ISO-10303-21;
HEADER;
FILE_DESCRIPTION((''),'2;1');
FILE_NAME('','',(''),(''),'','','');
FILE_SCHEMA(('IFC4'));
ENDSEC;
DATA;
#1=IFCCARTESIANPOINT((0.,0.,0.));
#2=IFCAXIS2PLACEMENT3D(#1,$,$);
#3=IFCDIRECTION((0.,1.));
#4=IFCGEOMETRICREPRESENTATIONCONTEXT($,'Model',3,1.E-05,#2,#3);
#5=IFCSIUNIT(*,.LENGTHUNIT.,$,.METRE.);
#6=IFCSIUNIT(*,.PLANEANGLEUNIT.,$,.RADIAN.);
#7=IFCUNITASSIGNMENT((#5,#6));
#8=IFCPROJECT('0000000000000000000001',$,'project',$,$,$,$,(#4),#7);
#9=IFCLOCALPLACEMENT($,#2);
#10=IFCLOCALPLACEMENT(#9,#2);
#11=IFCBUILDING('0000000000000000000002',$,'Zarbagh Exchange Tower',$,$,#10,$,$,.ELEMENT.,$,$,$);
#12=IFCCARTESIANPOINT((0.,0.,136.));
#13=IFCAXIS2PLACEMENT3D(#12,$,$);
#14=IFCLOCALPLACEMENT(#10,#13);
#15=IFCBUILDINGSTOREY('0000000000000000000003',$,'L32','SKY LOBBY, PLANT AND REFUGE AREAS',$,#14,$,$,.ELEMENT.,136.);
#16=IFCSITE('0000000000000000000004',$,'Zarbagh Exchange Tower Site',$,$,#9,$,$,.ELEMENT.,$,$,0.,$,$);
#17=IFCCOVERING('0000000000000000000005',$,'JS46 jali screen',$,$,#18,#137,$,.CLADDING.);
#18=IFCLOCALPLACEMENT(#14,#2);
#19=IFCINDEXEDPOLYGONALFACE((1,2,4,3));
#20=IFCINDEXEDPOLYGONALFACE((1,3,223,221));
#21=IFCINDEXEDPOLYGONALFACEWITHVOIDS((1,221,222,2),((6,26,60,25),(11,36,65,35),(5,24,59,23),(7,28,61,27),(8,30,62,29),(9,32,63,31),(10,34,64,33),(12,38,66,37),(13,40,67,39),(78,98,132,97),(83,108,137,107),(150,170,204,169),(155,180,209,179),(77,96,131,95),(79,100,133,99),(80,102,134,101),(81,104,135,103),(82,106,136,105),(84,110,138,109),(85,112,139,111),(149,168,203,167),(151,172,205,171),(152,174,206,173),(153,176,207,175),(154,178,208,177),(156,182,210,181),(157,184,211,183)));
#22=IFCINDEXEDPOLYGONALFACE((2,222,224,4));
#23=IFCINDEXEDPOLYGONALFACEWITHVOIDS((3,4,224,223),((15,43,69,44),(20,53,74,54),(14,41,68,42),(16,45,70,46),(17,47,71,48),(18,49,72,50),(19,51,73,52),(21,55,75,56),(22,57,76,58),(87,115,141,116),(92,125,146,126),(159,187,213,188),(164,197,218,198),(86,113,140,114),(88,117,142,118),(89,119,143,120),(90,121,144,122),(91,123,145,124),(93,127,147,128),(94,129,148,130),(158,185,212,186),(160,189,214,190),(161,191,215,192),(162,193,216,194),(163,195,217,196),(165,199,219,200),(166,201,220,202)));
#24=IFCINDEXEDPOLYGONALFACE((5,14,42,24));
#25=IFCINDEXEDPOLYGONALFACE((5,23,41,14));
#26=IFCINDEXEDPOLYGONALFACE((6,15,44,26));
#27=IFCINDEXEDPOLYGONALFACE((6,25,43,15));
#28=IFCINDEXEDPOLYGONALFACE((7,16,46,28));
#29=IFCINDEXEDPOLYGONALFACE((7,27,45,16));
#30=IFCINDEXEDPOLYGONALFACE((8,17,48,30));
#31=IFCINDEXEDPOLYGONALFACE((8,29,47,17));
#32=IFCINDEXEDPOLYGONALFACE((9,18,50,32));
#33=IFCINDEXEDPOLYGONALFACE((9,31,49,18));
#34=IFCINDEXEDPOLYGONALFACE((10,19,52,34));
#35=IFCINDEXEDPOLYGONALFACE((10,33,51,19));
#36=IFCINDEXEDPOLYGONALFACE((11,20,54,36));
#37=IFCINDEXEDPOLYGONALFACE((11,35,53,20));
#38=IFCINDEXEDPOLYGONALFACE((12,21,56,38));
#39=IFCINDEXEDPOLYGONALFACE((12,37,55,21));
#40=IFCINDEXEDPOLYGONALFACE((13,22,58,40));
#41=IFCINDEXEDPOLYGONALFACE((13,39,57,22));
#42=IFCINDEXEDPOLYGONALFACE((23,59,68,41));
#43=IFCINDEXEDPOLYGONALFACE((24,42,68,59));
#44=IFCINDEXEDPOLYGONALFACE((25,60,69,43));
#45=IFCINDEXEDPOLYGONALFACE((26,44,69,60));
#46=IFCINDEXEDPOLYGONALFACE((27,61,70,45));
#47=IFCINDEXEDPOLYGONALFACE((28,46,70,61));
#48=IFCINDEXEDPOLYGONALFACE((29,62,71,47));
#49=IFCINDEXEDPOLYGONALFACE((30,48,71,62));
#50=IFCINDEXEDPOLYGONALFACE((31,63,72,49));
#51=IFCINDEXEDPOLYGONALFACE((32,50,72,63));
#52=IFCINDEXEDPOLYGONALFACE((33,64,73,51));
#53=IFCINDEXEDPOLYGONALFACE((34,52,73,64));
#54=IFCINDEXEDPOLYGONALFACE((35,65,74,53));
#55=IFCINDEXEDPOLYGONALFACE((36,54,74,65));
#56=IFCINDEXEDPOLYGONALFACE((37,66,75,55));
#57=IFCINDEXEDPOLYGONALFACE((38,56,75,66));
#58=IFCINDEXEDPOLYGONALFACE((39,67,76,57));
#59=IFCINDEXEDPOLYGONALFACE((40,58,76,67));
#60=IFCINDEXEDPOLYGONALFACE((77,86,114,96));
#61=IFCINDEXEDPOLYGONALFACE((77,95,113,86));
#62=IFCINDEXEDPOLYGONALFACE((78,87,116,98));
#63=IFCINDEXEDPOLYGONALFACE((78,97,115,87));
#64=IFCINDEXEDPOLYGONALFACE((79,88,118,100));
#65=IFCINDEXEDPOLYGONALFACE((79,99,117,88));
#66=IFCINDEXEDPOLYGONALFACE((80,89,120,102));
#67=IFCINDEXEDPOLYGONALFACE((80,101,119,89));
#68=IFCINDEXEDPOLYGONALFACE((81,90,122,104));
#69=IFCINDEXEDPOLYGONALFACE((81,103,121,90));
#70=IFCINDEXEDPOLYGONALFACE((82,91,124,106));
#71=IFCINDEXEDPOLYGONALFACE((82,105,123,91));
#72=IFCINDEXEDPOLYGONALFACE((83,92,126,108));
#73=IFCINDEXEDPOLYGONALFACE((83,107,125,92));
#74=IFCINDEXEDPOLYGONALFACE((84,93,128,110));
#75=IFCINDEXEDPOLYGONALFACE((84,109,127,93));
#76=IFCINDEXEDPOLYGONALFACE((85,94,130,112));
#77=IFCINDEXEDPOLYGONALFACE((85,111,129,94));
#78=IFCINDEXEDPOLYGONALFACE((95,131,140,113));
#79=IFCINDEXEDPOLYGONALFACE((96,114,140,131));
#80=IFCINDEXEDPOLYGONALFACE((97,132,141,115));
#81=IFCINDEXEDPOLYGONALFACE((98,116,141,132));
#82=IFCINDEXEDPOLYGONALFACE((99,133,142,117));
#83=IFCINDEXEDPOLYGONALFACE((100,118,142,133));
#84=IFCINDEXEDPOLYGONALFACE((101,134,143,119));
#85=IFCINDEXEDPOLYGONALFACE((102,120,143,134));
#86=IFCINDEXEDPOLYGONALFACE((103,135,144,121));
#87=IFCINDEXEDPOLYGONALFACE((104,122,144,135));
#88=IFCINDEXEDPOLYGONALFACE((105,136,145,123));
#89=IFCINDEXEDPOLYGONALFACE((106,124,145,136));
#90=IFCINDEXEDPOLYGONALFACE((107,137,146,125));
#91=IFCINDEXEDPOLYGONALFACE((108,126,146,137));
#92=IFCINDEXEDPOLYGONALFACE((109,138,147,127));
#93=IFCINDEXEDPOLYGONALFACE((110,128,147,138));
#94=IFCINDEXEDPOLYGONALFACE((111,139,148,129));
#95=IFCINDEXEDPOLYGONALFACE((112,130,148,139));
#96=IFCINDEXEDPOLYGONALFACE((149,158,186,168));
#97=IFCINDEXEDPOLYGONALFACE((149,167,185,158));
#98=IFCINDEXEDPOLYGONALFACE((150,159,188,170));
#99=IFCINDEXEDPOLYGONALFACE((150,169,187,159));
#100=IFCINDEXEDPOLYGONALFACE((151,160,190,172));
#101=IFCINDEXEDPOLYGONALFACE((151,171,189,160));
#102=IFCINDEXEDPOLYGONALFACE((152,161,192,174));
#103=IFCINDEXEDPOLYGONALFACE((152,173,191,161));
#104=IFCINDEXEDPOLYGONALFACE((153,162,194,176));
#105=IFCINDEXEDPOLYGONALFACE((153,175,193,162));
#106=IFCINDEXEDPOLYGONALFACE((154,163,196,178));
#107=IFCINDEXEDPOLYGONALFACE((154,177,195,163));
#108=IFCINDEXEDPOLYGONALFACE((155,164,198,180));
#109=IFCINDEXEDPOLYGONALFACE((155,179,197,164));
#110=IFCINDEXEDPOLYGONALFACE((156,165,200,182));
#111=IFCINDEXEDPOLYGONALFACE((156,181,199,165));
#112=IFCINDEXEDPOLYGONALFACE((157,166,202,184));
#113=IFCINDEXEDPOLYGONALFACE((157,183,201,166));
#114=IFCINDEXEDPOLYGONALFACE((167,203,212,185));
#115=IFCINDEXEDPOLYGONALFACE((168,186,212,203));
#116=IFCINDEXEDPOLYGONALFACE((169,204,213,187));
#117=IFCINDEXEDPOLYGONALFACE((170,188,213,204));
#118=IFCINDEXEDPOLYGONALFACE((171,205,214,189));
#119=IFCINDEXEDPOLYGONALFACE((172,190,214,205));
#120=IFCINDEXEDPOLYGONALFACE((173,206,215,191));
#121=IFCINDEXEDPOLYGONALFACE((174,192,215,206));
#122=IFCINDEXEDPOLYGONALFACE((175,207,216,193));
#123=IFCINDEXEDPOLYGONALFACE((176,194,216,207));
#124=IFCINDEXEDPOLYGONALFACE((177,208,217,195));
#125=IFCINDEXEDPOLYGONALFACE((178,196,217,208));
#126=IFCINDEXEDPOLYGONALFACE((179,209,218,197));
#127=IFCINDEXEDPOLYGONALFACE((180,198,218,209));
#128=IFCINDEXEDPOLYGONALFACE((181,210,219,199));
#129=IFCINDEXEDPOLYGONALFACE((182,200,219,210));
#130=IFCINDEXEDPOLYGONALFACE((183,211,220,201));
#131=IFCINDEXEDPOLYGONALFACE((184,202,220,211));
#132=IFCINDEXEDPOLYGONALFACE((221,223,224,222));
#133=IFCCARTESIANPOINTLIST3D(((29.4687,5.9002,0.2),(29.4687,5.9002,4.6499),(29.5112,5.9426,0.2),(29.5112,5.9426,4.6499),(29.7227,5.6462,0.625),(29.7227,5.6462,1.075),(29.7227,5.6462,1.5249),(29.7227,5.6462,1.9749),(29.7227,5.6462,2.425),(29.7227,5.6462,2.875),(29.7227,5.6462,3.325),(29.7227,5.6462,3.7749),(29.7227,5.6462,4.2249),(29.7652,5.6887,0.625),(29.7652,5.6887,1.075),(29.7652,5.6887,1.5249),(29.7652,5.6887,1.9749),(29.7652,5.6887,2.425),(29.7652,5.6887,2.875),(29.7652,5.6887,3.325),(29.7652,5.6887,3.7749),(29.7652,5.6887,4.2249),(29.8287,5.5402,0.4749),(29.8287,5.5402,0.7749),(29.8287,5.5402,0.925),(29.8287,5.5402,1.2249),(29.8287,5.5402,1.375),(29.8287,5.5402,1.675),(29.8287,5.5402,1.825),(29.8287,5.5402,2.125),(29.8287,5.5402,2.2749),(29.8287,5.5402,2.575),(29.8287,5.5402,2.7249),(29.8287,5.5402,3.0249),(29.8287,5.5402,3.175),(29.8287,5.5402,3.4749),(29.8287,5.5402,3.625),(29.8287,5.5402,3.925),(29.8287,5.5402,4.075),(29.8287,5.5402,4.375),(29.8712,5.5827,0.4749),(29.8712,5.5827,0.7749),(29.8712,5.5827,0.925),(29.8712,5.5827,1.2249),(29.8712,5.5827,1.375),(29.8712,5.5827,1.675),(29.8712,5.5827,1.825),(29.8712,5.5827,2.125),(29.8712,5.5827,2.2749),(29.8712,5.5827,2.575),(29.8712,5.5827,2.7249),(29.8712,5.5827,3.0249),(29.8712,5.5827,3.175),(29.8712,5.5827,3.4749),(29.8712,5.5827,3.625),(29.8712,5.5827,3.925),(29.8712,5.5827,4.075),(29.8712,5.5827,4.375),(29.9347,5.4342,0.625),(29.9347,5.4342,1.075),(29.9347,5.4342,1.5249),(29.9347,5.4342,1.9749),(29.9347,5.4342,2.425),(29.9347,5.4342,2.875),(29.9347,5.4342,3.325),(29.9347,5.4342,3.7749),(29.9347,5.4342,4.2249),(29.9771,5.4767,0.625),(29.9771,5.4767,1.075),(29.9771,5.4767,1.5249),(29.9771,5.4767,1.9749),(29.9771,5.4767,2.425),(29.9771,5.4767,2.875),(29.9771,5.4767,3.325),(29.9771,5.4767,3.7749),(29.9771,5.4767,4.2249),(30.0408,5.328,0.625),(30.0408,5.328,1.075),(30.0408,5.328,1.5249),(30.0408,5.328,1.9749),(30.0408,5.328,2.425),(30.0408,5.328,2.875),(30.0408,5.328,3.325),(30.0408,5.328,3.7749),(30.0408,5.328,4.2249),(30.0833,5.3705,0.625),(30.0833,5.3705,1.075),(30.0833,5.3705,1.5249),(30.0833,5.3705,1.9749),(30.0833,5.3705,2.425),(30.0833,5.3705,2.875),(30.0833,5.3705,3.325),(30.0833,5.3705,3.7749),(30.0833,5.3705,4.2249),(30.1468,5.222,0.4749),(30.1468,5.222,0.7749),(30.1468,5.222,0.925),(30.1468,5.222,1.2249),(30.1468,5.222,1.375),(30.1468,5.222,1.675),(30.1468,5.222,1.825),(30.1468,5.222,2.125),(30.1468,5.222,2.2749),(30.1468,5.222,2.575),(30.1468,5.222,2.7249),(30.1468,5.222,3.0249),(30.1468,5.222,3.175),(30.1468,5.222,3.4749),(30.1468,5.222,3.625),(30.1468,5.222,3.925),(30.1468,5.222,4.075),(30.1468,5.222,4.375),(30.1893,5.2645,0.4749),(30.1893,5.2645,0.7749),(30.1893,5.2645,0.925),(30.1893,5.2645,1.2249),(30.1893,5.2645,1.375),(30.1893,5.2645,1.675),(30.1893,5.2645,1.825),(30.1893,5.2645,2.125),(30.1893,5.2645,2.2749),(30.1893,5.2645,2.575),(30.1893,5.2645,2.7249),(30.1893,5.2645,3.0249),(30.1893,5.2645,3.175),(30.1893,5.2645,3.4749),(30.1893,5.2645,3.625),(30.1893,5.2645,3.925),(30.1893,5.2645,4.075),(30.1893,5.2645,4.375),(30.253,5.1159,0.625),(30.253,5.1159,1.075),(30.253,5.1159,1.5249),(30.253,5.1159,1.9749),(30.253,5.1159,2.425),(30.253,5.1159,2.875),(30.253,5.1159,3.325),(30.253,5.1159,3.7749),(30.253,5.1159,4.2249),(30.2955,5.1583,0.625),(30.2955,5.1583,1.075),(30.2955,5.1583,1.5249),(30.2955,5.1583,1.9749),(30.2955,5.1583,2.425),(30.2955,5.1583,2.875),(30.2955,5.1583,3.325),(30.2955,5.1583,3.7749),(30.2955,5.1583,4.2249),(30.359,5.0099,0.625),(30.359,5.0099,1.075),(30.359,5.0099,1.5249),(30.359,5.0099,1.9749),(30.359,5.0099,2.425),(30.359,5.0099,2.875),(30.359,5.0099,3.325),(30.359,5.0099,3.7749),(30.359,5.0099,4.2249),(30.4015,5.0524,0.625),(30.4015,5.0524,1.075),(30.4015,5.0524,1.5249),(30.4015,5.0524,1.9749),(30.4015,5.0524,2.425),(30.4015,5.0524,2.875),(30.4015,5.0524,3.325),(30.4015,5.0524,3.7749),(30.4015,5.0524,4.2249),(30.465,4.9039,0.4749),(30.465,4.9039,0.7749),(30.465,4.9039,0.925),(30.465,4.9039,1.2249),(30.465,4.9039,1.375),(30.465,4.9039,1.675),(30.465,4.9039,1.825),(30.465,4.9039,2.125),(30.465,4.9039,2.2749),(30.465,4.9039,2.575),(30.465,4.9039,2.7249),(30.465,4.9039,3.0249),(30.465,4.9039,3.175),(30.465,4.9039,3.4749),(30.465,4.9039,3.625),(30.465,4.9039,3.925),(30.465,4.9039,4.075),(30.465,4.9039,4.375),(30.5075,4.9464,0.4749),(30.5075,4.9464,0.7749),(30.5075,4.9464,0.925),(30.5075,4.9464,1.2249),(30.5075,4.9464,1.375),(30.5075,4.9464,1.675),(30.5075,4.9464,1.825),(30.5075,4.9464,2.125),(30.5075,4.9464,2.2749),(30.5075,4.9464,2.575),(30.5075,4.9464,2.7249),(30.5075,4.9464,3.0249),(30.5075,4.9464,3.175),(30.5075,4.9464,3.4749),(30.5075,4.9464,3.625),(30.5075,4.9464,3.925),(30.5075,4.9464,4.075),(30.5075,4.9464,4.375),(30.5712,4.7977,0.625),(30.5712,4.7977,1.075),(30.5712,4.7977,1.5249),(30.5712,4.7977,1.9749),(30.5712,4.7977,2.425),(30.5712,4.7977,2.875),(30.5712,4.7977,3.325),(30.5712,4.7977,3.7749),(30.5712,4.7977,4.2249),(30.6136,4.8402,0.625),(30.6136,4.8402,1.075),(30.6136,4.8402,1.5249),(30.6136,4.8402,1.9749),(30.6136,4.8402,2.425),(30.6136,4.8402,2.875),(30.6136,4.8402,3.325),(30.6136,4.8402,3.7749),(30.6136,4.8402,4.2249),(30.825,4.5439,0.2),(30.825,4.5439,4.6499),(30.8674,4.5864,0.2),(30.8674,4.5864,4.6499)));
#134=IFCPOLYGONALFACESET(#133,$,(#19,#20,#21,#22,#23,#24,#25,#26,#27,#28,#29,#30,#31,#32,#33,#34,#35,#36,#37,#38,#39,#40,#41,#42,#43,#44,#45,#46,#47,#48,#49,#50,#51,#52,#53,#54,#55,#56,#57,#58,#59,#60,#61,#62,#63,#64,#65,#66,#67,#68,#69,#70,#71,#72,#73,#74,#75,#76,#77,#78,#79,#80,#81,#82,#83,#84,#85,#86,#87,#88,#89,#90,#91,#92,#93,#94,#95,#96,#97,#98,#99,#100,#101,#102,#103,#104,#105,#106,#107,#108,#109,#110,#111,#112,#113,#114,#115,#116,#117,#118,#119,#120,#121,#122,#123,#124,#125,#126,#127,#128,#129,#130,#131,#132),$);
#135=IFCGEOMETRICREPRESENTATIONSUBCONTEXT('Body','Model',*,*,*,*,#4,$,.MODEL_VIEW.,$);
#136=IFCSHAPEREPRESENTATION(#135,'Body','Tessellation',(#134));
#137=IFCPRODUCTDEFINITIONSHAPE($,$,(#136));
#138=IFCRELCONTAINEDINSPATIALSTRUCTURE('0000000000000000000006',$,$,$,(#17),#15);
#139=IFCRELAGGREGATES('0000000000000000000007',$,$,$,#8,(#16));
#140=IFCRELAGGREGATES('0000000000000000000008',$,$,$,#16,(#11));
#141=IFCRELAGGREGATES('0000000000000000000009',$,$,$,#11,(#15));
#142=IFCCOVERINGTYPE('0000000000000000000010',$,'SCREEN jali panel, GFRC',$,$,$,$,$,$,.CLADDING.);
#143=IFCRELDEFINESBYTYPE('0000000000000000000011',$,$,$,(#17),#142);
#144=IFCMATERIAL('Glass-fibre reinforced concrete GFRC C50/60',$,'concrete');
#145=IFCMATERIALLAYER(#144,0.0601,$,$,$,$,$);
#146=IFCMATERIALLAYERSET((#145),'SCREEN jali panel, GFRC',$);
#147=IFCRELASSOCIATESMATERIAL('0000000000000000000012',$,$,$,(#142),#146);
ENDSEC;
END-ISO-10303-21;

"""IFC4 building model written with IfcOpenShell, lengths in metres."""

from ifc_helpers import new_model, si_unit, direction, frame, origin, place, context, subcontext, project, spatial, polyline, outline, extrude, source, transform, mapped, material, layer, layer_set, type_object, element, save


model = new_model("IFC4")

# Units and contexts
model_context = context("Model", 3, precision=1e-05, world=origin(), true_north=direction((0.0, 1.0)))
body_context = subcontext(model_context, "Body", "Model", "MODEL_VIEW")
ifc_project = project(units=[si_unit("LENGTHUNIT", "METRE"), si_unit("PLANEANGLEUNIT", "RADIAN")], contexts=[model_context])

# Site, building, storey
site_placement = place(None, origin())
site = spatial("IfcSite", under=ifc_project, at=site_placement, Name="Zarbagh Exchange Tower Site", CompositionType="ELEMENT", RefElevation=0.0)
building_placement = place(site_placement, origin())
building = spatial("IfcBuilding", under=site, at=building_placement, Name="Zarbagh Exchange Tower", CompositionType="ELEMENT")
storey_placement = place(building_placement, frame((0.0, 0.0, 136.0)))
storey = spatial("IfcBuildingStorey", under=building, at=storey_placement, Name="L32", Description="SKY LOBBY, PLANT AND REFUGE AREAS", CompositionType="ELEMENT", Elevation=136.0)

# Shared definitions
ifc_material_1 = material(Name="Glass-fibre reinforced concrete GFRC C50/60", Category="concrete")
ifc_layer_1 = layer(ifc_material_1, 0.0601)
ifc_layer_set_1 = layer_set([ifc_layer_1], Name="SCREEN jali panel, GFRC")
covering_type = type_object("IfcCoveringType", Name="SCREEN jali panel, GFRC", PredefinedType="CLADDING", material=ifc_layer_set_1)
placement = place(storey_placement, origin())

# Covering
shared_shape_1 = source(origin(), body_context, "Body", "SweptSolid", [
    extrude(outline(polyline([(0.0, 0.0), (1.918, 0.0), (1.918, 4.45), (0.0, 4.45), (0.0, 0.0)]), holes=[polyline([(0.3589, 0.425), (0.509, 0.2749), (0.6589, 0.425), (0.509, 0.575), (0.3589, 0.425)]), polyline([(0.3589, 0.875), (0.509, 0.7251), (0.6589, 0.875), (0.509, 1.0249), (0.3589, 0.875)]), polyline([(0.3589, 1.325), (0.509, 1.175), (0.6589, 1.325), (0.509, 1.4751), (0.3589, 1.325)]), polyline([(0.3589, 1.7749), (0.509, 1.625), (0.6589, 1.7749), (0.509, 1.925), (0.3589, 1.7749)]), polyline([(0.3589, 2.2251), (0.509, 2.075), (0.6589, 2.2251), (0.509, 2.375), (0.3589, 2.2251)]), polyline([(0.3589, 2.675), (0.509, 2.5249), (0.6589, 2.675), (0.509, 2.825), (0.3589, 2.675)]), polyline([(0.3589, 3.125), (0.509, 2.9751), (0.6589, 3.125), (0.509, 3.2749), (0.3589, 3.125)]), polyline([(0.3589, 3.575), (0.509, 3.425), (0.6589, 3.575), (0.509, 3.7251), (0.3589, 3.575)]), polyline([(0.3589, 4.0249), (0.509, 3.875), (0.6589, 4.0249), (0.509, 4.175), (0.3589, 4.0249)]), polyline([(0.8088, 0.425), (0.959, 0.2749), (1.1089, 0.425), (0.959, 0.575), (0.8088, 0.425)]), polyline([(0.8088, 0.875), (0.959, 0.7251), (1.1089, 0.875), (0.959, 1.0249), (0.8088, 0.875)]), polyline([(0.8088, 1.325), (0.959, 1.175), (1.1089, 1.325), (0.959, 1.4751), (0.8088, 1.325)]), polyline([(0.8088, 1.7749), (0.959, 1.625), (1.1089, 1.7749), (0.959, 1.925), (0.8088, 1.7749)]), polyline([(0.8088, 2.2251), (0.959, 2.075), (1.1089, 2.2251), (0.959, 2.375), (0.8088, 2.2251)]), polyline([(0.8088, 2.675), (0.959, 2.5249), (1.1089, 2.675), (0.959, 2.825), (0.8088, 2.675)]), polyline([(0.8088, 3.125), (0.959, 2.9751), (1.1089, 3.125), (0.959, 3.2749), (0.8088, 3.125)]), polyline([(0.8088, 3.575), (0.959, 3.425), (1.1089, 3.575), (0.959, 3.7251), (0.8088, 3.575)]), polyline([(0.8088, 4.0249), (0.959, 3.875), (1.1089, 4.0249), (0.959, 4.175), (0.8088, 4.0249)]), polyline([(1.259, 0.425), (1.4089, 0.2749), (1.5588, 0.425), (1.4089, 0.575), (1.259, 0.425)]), polyline([(1.259, 0.875), (1.4089, 0.7251), (1.5588, 0.875), (1.4089, 1.0249), (1.259, 0.875)]), polyline([(1.259, 1.325), (1.4089, 1.175), (1.5588, 1.325), (1.4089, 1.4751), (1.259, 1.325)]), polyline([(1.259, 1.7749), (1.4089, 1.625), (1.5588, 1.7749), (1.4089, 1.925), (1.259, 1.7749)]), polyline([(1.259, 2.2251), (1.4089, 2.075), (1.5588, 2.2251), (1.4089, 2.375), (1.259, 2.2251)]), polyline([(1.259, 2.675), (1.4089, 2.5249), (1.5588, 2.675), (1.4089, 2.825), (1.259, 2.675)]), polyline([(1.259, 3.125), (1.4089, 2.9751), (1.5588, 3.125), (1.4089, 3.2749), (1.259, 3.125)]), polyline([(1.259, 3.575), (1.4089, 3.425), (1.5588, 3.575), (1.4089, 3.7251), (1.259, 3.575)]), polyline([(1.259, 4.0249), (1.4089, 3.875), (1.5588, 4.0249), (1.4089, 4.175), (1.259, 4.0249)])]), origin(), (0.0, 0.0, 1.0), 0.0601),
])
element("IfcCovering", 1, at=placement, inside=storey, type_object=covering_type, Name="JS46 jali screen", PredefinedType="CLADDING", context=body_context, shape_type="MappedRepresentation", body=[
    mapped(shared_shape_1, transform((30.825, 4.5439, 0.2), x_axis=(-0.707107, 0.707107, 0.0), y_axis=(0.0, 0.0, 1.0), z_axis=(0.707107, 0.707107, 0.0))),
])

save(model, "model.ifc")
